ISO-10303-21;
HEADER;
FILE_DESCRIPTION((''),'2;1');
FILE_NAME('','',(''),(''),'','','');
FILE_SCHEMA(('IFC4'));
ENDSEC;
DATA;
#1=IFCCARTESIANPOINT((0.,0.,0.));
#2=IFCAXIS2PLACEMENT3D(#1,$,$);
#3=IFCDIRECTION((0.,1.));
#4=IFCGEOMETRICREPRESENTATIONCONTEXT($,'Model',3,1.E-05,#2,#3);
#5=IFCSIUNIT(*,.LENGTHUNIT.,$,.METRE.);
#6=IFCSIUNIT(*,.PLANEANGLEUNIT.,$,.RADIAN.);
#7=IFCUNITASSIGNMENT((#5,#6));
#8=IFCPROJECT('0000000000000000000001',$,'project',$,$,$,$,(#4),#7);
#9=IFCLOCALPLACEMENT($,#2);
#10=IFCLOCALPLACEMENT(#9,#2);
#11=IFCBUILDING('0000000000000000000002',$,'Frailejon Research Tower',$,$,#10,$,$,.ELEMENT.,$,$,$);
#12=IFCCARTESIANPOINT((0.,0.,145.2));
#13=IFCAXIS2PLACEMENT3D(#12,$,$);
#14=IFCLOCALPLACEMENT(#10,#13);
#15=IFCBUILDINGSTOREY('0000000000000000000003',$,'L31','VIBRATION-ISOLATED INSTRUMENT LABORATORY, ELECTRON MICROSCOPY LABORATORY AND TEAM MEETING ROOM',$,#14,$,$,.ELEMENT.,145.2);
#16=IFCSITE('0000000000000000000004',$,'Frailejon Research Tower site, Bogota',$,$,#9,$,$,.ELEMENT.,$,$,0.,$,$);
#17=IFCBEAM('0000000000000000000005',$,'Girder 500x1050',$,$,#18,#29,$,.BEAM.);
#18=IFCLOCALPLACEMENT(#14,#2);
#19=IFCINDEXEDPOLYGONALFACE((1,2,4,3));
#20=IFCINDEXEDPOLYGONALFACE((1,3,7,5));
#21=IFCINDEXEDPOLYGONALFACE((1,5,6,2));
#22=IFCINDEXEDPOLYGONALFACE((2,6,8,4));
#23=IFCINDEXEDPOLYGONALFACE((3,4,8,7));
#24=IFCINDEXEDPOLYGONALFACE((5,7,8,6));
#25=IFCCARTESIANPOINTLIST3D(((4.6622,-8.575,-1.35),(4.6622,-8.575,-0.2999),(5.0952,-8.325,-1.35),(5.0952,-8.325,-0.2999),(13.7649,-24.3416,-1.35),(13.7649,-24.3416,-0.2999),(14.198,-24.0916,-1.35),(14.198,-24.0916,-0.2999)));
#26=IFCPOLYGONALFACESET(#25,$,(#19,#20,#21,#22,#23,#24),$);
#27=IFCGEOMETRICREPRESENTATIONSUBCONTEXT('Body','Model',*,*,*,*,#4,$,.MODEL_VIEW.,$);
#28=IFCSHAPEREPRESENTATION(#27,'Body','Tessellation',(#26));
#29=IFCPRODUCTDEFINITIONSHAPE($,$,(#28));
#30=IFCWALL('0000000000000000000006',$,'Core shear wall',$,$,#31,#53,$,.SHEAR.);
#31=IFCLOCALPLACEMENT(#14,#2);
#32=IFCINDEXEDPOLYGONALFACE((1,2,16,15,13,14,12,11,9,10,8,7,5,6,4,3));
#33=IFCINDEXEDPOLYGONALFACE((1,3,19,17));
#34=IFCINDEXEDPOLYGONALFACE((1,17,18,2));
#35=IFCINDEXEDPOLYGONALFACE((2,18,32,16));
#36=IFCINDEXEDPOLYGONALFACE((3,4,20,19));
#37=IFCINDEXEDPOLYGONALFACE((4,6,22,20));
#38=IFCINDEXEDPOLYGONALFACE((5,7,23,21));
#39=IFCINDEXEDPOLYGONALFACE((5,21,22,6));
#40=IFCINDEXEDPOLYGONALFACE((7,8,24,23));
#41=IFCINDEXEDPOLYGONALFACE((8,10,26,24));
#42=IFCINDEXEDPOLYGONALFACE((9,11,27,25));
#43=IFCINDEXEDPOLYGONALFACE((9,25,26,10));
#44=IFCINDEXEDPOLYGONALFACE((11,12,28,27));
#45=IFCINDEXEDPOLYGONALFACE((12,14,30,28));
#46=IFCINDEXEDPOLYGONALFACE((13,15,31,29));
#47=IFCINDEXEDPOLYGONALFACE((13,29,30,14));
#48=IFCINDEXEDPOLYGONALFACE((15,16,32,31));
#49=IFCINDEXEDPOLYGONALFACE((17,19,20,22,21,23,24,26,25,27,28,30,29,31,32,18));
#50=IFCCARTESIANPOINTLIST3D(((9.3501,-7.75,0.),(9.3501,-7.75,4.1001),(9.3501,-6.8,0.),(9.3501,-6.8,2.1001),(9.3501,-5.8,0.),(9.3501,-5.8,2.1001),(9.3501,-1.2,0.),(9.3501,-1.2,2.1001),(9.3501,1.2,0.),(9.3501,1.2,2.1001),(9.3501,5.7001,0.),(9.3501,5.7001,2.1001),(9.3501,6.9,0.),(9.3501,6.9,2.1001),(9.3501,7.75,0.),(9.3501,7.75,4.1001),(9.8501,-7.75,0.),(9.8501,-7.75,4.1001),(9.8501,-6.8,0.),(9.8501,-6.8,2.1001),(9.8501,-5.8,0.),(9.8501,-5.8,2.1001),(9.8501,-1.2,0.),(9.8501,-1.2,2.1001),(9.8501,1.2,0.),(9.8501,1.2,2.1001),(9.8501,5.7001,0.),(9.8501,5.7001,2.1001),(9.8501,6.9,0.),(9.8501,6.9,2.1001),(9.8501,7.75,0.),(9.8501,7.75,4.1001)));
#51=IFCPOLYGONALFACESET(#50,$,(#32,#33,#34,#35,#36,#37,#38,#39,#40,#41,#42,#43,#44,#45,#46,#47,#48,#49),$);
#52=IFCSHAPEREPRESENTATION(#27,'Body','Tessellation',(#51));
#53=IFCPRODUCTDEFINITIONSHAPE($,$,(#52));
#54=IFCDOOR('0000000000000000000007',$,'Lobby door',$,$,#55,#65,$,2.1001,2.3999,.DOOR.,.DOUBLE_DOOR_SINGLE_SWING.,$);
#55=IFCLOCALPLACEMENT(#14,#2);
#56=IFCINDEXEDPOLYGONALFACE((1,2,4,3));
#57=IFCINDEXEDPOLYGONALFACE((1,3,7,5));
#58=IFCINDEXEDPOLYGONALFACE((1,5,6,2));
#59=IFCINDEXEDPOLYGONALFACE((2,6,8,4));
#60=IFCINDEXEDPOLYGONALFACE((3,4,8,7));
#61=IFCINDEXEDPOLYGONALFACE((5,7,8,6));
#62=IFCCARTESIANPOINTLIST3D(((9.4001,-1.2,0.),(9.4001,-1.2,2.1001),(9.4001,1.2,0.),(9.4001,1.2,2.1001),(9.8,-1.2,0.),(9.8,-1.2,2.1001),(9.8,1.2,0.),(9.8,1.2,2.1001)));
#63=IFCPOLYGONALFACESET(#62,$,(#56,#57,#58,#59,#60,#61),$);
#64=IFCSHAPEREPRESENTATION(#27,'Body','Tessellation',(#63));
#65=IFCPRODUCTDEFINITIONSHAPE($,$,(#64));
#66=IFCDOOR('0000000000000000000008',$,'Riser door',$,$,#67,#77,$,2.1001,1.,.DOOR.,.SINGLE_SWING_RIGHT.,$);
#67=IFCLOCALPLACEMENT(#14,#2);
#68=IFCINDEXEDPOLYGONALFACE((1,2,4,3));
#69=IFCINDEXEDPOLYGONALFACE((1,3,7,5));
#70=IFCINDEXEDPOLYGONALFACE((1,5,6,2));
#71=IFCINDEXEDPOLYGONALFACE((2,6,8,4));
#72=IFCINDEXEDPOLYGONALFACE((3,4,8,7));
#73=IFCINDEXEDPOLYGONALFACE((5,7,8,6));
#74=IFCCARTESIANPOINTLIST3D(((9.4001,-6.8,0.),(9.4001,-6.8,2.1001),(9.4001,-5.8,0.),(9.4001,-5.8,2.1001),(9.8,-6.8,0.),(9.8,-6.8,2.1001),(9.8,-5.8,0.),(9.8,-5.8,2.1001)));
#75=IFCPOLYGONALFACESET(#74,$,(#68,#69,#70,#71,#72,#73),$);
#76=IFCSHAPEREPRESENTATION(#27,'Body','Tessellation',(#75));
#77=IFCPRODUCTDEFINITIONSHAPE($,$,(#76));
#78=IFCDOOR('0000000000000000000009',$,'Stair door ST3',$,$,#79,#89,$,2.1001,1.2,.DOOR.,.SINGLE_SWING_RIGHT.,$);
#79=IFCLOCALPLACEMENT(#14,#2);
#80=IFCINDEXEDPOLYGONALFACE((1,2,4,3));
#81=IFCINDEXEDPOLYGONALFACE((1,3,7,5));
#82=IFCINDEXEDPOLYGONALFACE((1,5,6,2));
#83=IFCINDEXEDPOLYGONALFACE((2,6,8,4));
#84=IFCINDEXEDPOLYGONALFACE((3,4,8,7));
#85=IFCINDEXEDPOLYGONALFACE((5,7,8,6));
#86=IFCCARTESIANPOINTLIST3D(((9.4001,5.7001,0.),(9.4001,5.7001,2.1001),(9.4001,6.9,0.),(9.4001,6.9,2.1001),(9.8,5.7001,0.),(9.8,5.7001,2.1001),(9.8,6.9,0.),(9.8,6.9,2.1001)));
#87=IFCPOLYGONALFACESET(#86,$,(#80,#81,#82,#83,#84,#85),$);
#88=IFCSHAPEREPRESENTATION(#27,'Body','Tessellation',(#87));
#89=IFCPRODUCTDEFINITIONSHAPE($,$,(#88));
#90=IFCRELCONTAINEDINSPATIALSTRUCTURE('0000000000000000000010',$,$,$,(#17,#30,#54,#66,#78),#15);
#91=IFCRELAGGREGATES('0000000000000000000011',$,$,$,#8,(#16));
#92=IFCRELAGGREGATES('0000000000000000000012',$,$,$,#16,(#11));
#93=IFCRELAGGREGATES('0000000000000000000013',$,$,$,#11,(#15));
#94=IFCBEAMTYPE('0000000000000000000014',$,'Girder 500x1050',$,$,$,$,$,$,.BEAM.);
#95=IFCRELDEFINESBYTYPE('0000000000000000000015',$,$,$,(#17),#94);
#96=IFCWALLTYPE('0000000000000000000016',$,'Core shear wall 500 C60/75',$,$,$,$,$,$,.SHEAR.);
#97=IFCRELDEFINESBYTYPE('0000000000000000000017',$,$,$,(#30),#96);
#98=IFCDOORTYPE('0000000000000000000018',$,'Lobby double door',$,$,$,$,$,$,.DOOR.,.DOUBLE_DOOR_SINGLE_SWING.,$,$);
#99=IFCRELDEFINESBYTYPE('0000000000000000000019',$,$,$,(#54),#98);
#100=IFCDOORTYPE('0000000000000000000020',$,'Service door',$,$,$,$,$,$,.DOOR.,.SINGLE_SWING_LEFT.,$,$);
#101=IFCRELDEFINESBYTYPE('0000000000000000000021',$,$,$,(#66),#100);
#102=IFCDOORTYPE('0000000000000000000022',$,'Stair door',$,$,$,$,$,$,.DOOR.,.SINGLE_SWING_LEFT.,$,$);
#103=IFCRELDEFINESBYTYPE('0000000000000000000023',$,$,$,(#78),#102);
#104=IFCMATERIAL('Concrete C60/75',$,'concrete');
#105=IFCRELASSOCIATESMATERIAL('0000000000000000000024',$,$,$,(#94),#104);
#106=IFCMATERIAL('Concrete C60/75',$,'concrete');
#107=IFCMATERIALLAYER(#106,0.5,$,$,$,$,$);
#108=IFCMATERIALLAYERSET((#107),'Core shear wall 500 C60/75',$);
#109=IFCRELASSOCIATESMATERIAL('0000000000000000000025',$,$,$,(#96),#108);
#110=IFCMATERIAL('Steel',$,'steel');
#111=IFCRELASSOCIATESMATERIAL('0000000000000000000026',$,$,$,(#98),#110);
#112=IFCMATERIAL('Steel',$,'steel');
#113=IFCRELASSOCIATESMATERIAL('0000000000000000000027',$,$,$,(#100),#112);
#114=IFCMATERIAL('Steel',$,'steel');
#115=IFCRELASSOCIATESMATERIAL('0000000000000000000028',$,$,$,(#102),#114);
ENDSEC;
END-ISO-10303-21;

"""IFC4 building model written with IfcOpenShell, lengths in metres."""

from ifc_helpers import new_model, si_unit, direction, frame, frame_2d, origin, origin_2d, place, context, subcontext, project, spatial, rectangle, extrude, material, layer, layer_set, material_profile, profile_set, type_object, element, fill, save


model = new_model("IFC4")

# Units and contexts
model_context = context("Model", 3, precision=1e-05, world=origin(), true_north=direction((0.0, 1.0)))
body_context = subcontext(model_context, "Body", "Model", "MODEL_VIEW")
ifc_project = project(units=[si_unit("LENGTHUNIT", "METRE"), si_unit("PLANEANGLEUNIT", "RADIAN")], contexts=[model_context])

# Site, building, storey
site_placement = place(None, origin())
site = spatial("IfcSite", under=ifc_project, at=site_placement, Name="Frailejon Research Tower site, Bogota", CompositionType="ELEMENT", RefElevation=0.0)
building_placement = place(site_placement, origin())
building = spatial("IfcBuilding", under=site, at=building_placement, Name="Frailejon Research Tower", CompositionType="ELEMENT")
storey_placement = place(building_placement, frame((0.0, 0.0, 145.2)))
storey = spatial("IfcBuildingStorey", under=building, at=storey_placement, Name="L31", Description="VIBRATION-ISOLATED INSTRUMENT LABORATORY, ELECTRON MICROSCOPY LABORATORY AND TEAM MEETING ROOM", CompositionType="ELEMENT", Elevation=145.2)

# Beam
ifc_material_1 = material(Name="Concrete C60/75", Category="concrete")
ifc_material_profile = material_profile(ifc_material_1, rectangle(XDim=0.5, YDim=1.05, at=origin_2d()), Name="Girder 500x1050")
ifc_profile_set = profile_set([ifc_material_profile], Name="Concrete C60/75")
beam_type = type_object("IfcBeamType", Name="Girder 500x1050", PredefinedType="BEAM", material=ifc_profile_set)
beam_placement = place(storey_placement, frame((13.9814, -24.2166, -0.825), z_axis=(-0.499997, 0.866027, 0.0), x_axis=(-0.866027, -0.499997, 0.0)))
element("IfcBeam", 1, at=beam_placement, inside=storey, type_object=beam_type, Name="Girder 500x1050", PredefinedType="BEAM", context=body_context, shape_type="SweptSolid", body=[
    extrude(rectangle(XDim=0.5, YDim=1.05, at=origin_2d()), origin(), (0.0, 0.0, 1.0), 18.2056),
])

# Wall, openings, doors
ifc_material_2 = material(Name="Concrete C60/75", Category="concrete")
ifc_layer_1 = layer(ifc_material_2, 0.5)
ifc_layer_set_1 = layer_set([ifc_layer_1], Name="Core shear wall 500 C60/75")
wall_type_1 = type_object("IfcWallType", Name="Core shear wall 500 C60/75", PredefinedType="SHEAR", material=ifc_layer_set_1)
wall_1_placement = place(storey_placement, frame((9.6001, -7.75, 0.0), z_axis=(0.0, 0.0, 1.0), x_axis=(0.0, 1.0, 0.0)))
wall_1 = element("IfcWall", 2, at=wall_1_placement, inside=storey, type_object=wall_type_1, Name="Core shear wall", PredefinedType="SHEAR", context=body_context, shape_type="SweptSolid", body=[
    extrude(rectangle(XDim=15.5, YDim=0.5, at=frame_2d((7.75, 0.0))), origin(), (0.0, 0.0, 1.0), 4.1001),
])
opening_1_placement = place(wall_1_placement, frame((6.55, 0.0, 0.0)))
opening_1 = element("IfcOpeningElement", 3, at=opening_1_placement, cuts=wall_1, PredefinedType="OPENING", context=body_context, shape_type="SweptSolid", body=[
    extrude(rectangle(XDim=2.3999, YDim=2.1001, at=frame_2d((1.2, 1.05))), frame((0.0, 0.26, 0.0), z_axis=(0.0, -1.0, 0.0), x_axis=(1.0, 0.0, 0.0)), (0.0, 0.0, 1.0), 0.52),
])
opening_2_placement = place(wall_1_placement, frame((13.45, 0.0, 0.0)))
opening_2 = element("IfcOpeningElement", 4, at=opening_2_placement, cuts=wall_1, PredefinedType="OPENING", context=body_context, shape_type="SweptSolid", body=[
    extrude(rectangle(XDim=1.2, YDim=2.1001, at=frame_2d((0.6001, 1.05))), frame((0.0, 0.26, 0.0), z_axis=(0.0, -1.0, 0.0), x_axis=(1.0, 0.0, 0.0)), (0.0, 0.0, 1.0), 0.52),
])
opening_3_placement = place(wall_1_placement, frame((0.95, 0.0, 0.0)))
opening_3 = element("IfcOpeningElement", 5, at=opening_3_placement, cuts=wall_1, PredefinedType="OPENING", context=body_context, shape_type="SweptSolid", body=[
    extrude(rectangle(XDim=1.0, YDim=2.1001, at=frame_2d((0.5, 1.05))), frame((0.0, 0.26, 0.0), z_axis=(0.0, -1.0, 0.0), x_axis=(1.0, 0.0, 0.0)), (0.0, 0.0, 1.0), 0.52),
])
ifc_material_3 = material(Name="Steel", Category="steel")
door_type_1 = type_object("IfcDoorType", Name="Lobby double door", OperationType="DOUBLE_DOOR_SINGLE_SWING", PredefinedType="DOOR", material=ifc_material_3)
door_1_placement = place(opening_1_placement, origin())
door_1 = element("IfcDoor", 6, at=door_1_placement, inside=storey, type_object=door_type_1, Name="Lobby door", OperationType="DOUBLE_DOOR_SINGLE_SWING", OverallHeight=2.1001, OverallWidth=2.3999, PredefinedType="DOOR", context=body_context, shape_type="SweptSolid", body=[
    extrude(rectangle(XDim=2.3999, YDim=2.1001, at=frame_2d((1.2, 1.05))), frame((0.0, 0.2, 0.0), z_axis=(0.0, -1.0, 0.0), x_axis=(1.0, 0.0, 0.0)), (0.0, 0.0, 1.0), 0.3999),
])
fill(opening_1, door_1)
ifc_material_4 = material(Name="Steel", Category="steel")
door_type_2 = type_object("IfcDoorType", Name="Service door", OperationType="SINGLE_SWING_LEFT", PredefinedType="DOOR", material=ifc_material_4)
door_2_placement = place(opening_3_placement, origin())
door_2 = element("IfcDoor", 7, at=door_2_placement, inside=storey, type_object=door_type_2, Name="Riser door", OperationType="SINGLE_SWING_RIGHT", OverallHeight=2.1001, OverallWidth=1.0, PredefinedType="DOOR", context=body_context, shape_type="SweptSolid", body=[
    extrude(rectangle(XDim=1.0, YDim=2.1001, at=frame_2d((0.5, 1.05))), frame((0.0, 0.2, 0.0), z_axis=(0.0, -1.0, 0.0), x_axis=(1.0, 0.0, 0.0)), (0.0, 0.0, 1.0), 0.3999),
])
fill(opening_3, door_2)
ifc_material_5 = material(Name="Steel", Category="steel")
door_type_3 = type_object("IfcDoorType", Name="Stair door", OperationType="SINGLE_SWING_LEFT", PredefinedType="DOOR", material=ifc_material_5)
door_3_placement = place(opening_2_placement, origin())
door_3 = element("IfcDoor", 8, at=door_3_placement, inside=storey, type_object=door_type_3, Name="Stair door ST3", OperationType="SINGLE_SWING_RIGHT", OverallHeight=2.1001, OverallWidth=1.2, PredefinedType="DOOR", context=body_context, shape_type="SweptSolid", body=[
    extrude(rectangle(XDim=1.2, YDim=2.1001, at=frame_2d((0.6001, 1.05))), frame((0.0, 0.2, 0.0), z_axis=(0.0, -1.0, 0.0), x_axis=(1.0, 0.0, 0.0)), (0.0, 0.0, 1.0), 0.3999),
])
fill(opening_2, door_3)

save(model, "model.ifc")
